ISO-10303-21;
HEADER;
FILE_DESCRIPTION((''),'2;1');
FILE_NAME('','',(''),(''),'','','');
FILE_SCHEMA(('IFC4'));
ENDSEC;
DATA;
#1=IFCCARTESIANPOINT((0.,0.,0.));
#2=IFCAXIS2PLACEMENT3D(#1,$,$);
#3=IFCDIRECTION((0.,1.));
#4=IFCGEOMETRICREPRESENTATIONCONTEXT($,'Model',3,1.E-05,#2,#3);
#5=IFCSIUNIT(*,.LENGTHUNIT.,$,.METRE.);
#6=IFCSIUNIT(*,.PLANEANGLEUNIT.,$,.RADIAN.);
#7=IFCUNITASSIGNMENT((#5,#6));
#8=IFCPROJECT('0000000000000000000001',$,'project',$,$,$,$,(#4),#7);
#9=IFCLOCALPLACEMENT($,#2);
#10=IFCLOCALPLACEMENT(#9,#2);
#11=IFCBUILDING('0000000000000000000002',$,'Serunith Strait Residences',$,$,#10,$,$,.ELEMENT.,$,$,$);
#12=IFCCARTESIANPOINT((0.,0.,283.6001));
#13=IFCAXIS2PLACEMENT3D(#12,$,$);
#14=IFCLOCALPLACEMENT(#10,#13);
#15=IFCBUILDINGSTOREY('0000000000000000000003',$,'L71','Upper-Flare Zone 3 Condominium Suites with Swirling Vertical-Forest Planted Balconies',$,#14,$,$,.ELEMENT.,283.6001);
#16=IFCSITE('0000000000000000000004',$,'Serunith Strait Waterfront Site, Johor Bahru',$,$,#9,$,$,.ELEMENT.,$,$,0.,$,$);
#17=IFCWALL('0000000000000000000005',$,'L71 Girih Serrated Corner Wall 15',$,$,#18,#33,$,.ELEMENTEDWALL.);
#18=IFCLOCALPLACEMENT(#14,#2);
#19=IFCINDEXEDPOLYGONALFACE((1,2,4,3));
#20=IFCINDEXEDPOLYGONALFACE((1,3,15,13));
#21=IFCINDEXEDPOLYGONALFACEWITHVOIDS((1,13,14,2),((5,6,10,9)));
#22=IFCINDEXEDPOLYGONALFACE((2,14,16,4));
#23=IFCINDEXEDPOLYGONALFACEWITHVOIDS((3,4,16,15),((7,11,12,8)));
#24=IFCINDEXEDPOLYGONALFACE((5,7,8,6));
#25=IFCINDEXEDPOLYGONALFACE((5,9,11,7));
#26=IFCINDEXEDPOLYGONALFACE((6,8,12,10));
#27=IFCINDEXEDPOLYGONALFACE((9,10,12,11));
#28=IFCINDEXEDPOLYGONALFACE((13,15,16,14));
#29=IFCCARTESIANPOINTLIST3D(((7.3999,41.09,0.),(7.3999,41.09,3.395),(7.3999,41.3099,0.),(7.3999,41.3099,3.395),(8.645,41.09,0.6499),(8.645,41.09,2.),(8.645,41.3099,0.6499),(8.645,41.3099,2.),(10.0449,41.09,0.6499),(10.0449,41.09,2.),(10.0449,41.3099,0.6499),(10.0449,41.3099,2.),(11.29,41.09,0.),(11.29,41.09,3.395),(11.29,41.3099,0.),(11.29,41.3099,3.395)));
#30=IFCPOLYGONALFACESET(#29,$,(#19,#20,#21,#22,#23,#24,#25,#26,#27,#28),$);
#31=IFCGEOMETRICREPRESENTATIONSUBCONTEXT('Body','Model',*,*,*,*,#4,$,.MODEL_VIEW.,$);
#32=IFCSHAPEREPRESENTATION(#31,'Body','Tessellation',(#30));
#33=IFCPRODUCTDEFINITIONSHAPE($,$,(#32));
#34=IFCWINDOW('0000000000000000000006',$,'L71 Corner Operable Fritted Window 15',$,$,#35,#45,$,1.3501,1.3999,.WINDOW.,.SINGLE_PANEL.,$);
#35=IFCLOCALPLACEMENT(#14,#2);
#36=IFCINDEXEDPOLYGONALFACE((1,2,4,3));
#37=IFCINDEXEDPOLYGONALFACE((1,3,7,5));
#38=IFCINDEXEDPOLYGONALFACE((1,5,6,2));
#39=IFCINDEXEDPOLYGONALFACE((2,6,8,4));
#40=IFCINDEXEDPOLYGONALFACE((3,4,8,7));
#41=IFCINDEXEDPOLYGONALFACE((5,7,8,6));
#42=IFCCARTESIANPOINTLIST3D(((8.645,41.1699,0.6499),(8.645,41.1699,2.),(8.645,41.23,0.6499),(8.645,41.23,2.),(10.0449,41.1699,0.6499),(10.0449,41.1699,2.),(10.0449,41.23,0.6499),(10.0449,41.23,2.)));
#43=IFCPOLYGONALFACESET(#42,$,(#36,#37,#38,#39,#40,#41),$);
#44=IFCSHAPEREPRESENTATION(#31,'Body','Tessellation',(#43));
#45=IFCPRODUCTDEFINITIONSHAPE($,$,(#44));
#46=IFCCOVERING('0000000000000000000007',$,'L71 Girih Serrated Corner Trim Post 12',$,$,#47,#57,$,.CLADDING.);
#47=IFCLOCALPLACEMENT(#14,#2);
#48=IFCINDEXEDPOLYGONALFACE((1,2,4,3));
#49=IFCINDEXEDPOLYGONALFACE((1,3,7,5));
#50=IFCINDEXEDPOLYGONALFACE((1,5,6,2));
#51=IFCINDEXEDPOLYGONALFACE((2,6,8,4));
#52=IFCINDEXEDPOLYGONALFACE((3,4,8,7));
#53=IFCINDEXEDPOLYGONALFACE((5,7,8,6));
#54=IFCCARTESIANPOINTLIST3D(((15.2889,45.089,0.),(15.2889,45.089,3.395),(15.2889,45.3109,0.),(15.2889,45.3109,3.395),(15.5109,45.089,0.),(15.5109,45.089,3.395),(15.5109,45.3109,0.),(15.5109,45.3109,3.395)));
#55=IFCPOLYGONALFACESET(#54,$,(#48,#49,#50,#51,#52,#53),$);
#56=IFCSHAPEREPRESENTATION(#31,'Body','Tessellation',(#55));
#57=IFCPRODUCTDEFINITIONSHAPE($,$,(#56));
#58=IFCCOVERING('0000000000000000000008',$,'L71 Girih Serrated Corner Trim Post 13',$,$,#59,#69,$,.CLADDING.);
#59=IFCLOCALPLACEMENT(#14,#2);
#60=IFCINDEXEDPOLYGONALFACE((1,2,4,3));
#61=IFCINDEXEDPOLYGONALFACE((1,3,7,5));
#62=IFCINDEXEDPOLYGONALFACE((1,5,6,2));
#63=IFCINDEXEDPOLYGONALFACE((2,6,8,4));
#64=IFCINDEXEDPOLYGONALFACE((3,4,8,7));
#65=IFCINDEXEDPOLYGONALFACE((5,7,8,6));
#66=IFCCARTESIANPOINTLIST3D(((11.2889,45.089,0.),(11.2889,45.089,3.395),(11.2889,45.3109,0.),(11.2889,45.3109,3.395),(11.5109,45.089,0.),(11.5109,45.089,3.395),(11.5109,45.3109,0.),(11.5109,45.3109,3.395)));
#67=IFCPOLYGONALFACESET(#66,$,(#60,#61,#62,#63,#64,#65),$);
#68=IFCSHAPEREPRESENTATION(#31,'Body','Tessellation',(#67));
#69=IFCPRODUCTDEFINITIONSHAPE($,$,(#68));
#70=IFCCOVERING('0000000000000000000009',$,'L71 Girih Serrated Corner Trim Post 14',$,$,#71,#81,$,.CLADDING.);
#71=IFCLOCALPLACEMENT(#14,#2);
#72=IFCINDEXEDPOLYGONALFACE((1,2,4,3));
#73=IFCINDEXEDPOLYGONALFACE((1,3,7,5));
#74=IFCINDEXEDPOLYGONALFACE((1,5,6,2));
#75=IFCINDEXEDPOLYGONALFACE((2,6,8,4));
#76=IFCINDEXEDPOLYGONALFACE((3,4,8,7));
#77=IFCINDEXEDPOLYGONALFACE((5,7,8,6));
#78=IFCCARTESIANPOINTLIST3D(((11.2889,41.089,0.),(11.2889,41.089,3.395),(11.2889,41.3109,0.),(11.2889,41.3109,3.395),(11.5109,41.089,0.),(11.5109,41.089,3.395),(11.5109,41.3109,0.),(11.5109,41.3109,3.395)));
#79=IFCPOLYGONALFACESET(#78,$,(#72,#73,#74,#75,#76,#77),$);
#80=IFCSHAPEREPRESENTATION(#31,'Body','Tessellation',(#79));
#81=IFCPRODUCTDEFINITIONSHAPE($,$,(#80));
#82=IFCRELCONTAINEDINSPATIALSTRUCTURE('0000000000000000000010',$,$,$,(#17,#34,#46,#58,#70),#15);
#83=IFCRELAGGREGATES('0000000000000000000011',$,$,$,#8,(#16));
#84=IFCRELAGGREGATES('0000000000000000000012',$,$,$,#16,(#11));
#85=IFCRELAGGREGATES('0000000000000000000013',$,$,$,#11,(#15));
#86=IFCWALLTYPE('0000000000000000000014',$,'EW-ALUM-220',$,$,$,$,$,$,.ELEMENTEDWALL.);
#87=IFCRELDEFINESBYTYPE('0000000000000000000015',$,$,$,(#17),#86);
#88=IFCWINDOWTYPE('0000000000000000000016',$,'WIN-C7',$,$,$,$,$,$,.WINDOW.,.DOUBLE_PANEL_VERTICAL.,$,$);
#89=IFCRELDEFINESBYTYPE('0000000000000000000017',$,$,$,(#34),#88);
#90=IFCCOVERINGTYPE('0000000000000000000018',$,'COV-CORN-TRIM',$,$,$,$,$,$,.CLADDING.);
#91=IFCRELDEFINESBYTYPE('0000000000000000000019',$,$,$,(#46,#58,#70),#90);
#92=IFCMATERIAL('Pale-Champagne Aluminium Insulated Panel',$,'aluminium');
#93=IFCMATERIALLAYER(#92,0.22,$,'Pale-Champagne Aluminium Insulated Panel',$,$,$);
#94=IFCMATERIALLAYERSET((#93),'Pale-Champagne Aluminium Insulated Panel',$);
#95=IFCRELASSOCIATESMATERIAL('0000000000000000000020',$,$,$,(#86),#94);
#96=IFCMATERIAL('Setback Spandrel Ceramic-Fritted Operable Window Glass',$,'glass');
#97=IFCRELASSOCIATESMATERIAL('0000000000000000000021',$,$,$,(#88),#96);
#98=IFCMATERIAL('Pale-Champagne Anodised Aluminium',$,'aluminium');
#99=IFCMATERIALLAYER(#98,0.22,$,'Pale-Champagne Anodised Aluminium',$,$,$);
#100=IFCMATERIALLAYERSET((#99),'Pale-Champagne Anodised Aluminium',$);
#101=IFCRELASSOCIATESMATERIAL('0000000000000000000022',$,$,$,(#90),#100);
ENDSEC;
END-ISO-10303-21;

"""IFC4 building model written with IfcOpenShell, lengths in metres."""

from ifc_helpers import new_model, si_unit, direction, frame, frame_2d, origin, origin_2d, place, context, subcontext, project, spatial, rectangle, extrude, source, transform, mapped, material, layer, layer_set, type_object, element, fill, save


model = new_model("IFC4")

# Units and contexts
model_context = context("Model", 3, precision=1e-05, world=origin(), true_north=direction((0.0, 1.0)))
body_context = subcontext(model_context, "Body", "Model", "MODEL_VIEW")
ifc_project = project(units=[si_unit("LENGTHUNIT", "METRE"), si_unit("PLANEANGLEUNIT", "RADIAN")], contexts=[model_context])

# Site, building, storey
site_placement = place(None, origin())
site = spatial("IfcSite", under=ifc_project, at=site_placement, Name="Serunith Strait Waterfront Site, Johor Bahru", CompositionType="ELEMENT", RefElevation=0.0)
building_placement = place(site_placement, origin())
building = spatial("IfcBuilding", under=site, at=building_placement, Name="Serunith Strait Residences", CompositionType="ELEMENT")
storey_placement = place(building_placement, frame((0.0, 0.0, 283.6001)))
storey = spatial("IfcBuildingStorey", under=building, at=storey_placement, Name="L71", Description="Upper-Flare Zone 3 Condominium Suites with Swirling Vertical-Forest Planted Balconies", CompositionType="ELEMENT", Elevation=283.6001)

# Shared definitions
ifc_material_1 = material(Name="Pale-Champagne Anodised Aluminium", Category="aluminium")

# Wall, opening, window
ifc_material_2 = material(Name="Pale-Champagne Aluminium Insulated Panel", Category="aluminium")
ifc_layer_1 = layer(ifc_material_2, 0.22, Name="Pale-Champagne Aluminium Insulated Panel")
ifc_layer_set_1 = layer_set([ifc_layer_1], Name="Pale-Champagne Aluminium Insulated Panel")
wall_type = type_object("IfcWallType", Name="EW-ALUM-220", PredefinedType="ELEMENTEDWALL", material=ifc_layer_set_1)
ifc_material_3 = material(Name="Setback Spandrel Ceramic-Fritted Operable Window Glass", Category="glass")
window_type = type_object("IfcWindowType", Name="WIN-C7", PartitioningType="DOUBLE_PANEL_VERTICAL", PredefinedType="WINDOW", material=ifc_material_3)
shared_shape_1 = source(origin(), body_context, "Body", "SweptSolid", [
    extrude(rectangle(XDim=1.3999, YDim=1.3501, at=frame_2d((0.7, 0.675))), frame((0.0, 0.03, 0.0), z_axis=(0.0, -1.0, 0.0), x_axis=(1.0, 0.0, 0.0)), (0.0, 0.0, 1.0), 0.0601),
])
wall_1_placement = place(storey_placement, frame((11.29, 41.2, 0.0), z_axis=(0.0, 0.0, 1.0), x_axis=(-1.0, 0.0, 0.0)))
wall_1 = element("IfcWall", 1, at=wall_1_placement, inside=storey, type_object=wall_type, Name="L71 Girih Serrated Corner Wall 15", PredefinedType="ELEMENTEDWALL", context=body_context, shape_type="SweptSolid", body=[
    extrude(rectangle(XDim=3.8901, YDim=0.22, at=frame_2d((1.9451, 0.0))), origin(), (0.0, 0.0, 1.0), 3.395),
])
opening_1_placement = place(wall_1_placement, frame((1.2451, 0.0, 0.6499)))
opening_1 = element("IfcOpeningElement", 2, at=opening_1_placement, cuts=wall_1, PredefinedType="OPENING", context=body_context, shape_type="SweptSolid", body=[
    extrude(rectangle(XDim=1.3999, YDim=1.3501, at=frame_2d((0.7, 0.675))), frame((0.0, 0.1201, 0.0), z_axis=(0.0, -1.0, 0.0), x_axis=(1.0, 0.0, 0.0)), (0.0, 0.0, 1.0), 0.24),
])
window_1_placement = place(opening_1_placement, origin())
window_1 = element("IfcWindow", 3, at=window_1_placement, inside=storey, type_object=window_type, Name="L71 Corner Operable Fritted Window 15", OverallHeight=1.3501, OverallWidth=1.3999, PartitioningType="SINGLE_PANEL", PredefinedType="WINDOW", context=body_context, shape_type="MappedRepresentation", body=[
    mapped(shared_shape_1, transform((0.0, 0.0, 0.0), scale=1.0)),
])
fill(opening_1, window_1)

# Coverings
ifc_layer_2 = layer(ifc_material_1, 0.22, Name="Pale-Champagne Anodised Aluminium")
ifc_layer_set_2 = layer_set([ifc_layer_2], Name="Pale-Champagne Anodised Aluminium")
covering_type = type_object("IfcCoveringType", Name="COV-CORN-TRIM", PredefinedType="CLADDING", material=ifc_layer_set_2)
shared_shape_2 = source(origin(), body_context, "Body", "SweptSolid", [
    extrude(rectangle(XDim=0.2219, YDim=0.2219, at=origin_2d()), origin(), (0.0, 0.0, 1.0), 3.395),
])
for number, where, z_axis, x_axis, name in (
    (4, (15.3999, 45.2, 0.0), (0.0, 0.0, 1.0), (1.0, 0.0, 0.0), "L71 Girih Serrated Corner Trim Post 12"),
    (5, (11.3999, 45.2, 0.0), (0.0, 0.0, 1.0), (1.0, 0.0, 0.0), "L71 Girih Serrated Corner Trim Post 13"),
    (6, (11.3999, 41.2, 0.0), (0.0, 0.0, 1.0), (1.0, 0.0, 0.0), "L71 Girih Serrated Corner Trim Post 14"),
):
    element("IfcCovering", number, at=place(storey_placement, frame(where, z_axis=z_axis, x_axis=x_axis)), inside=storey, type_object=covering_type, Name=name, PredefinedType="CLADDING", context=body_context, shape_type="MappedRepresentation", body=[
        mapped(shared_shape_2, transform((0.0, 0.0, 0.0), scale=1.0)),
    ])

save(model, "model.ifc")
